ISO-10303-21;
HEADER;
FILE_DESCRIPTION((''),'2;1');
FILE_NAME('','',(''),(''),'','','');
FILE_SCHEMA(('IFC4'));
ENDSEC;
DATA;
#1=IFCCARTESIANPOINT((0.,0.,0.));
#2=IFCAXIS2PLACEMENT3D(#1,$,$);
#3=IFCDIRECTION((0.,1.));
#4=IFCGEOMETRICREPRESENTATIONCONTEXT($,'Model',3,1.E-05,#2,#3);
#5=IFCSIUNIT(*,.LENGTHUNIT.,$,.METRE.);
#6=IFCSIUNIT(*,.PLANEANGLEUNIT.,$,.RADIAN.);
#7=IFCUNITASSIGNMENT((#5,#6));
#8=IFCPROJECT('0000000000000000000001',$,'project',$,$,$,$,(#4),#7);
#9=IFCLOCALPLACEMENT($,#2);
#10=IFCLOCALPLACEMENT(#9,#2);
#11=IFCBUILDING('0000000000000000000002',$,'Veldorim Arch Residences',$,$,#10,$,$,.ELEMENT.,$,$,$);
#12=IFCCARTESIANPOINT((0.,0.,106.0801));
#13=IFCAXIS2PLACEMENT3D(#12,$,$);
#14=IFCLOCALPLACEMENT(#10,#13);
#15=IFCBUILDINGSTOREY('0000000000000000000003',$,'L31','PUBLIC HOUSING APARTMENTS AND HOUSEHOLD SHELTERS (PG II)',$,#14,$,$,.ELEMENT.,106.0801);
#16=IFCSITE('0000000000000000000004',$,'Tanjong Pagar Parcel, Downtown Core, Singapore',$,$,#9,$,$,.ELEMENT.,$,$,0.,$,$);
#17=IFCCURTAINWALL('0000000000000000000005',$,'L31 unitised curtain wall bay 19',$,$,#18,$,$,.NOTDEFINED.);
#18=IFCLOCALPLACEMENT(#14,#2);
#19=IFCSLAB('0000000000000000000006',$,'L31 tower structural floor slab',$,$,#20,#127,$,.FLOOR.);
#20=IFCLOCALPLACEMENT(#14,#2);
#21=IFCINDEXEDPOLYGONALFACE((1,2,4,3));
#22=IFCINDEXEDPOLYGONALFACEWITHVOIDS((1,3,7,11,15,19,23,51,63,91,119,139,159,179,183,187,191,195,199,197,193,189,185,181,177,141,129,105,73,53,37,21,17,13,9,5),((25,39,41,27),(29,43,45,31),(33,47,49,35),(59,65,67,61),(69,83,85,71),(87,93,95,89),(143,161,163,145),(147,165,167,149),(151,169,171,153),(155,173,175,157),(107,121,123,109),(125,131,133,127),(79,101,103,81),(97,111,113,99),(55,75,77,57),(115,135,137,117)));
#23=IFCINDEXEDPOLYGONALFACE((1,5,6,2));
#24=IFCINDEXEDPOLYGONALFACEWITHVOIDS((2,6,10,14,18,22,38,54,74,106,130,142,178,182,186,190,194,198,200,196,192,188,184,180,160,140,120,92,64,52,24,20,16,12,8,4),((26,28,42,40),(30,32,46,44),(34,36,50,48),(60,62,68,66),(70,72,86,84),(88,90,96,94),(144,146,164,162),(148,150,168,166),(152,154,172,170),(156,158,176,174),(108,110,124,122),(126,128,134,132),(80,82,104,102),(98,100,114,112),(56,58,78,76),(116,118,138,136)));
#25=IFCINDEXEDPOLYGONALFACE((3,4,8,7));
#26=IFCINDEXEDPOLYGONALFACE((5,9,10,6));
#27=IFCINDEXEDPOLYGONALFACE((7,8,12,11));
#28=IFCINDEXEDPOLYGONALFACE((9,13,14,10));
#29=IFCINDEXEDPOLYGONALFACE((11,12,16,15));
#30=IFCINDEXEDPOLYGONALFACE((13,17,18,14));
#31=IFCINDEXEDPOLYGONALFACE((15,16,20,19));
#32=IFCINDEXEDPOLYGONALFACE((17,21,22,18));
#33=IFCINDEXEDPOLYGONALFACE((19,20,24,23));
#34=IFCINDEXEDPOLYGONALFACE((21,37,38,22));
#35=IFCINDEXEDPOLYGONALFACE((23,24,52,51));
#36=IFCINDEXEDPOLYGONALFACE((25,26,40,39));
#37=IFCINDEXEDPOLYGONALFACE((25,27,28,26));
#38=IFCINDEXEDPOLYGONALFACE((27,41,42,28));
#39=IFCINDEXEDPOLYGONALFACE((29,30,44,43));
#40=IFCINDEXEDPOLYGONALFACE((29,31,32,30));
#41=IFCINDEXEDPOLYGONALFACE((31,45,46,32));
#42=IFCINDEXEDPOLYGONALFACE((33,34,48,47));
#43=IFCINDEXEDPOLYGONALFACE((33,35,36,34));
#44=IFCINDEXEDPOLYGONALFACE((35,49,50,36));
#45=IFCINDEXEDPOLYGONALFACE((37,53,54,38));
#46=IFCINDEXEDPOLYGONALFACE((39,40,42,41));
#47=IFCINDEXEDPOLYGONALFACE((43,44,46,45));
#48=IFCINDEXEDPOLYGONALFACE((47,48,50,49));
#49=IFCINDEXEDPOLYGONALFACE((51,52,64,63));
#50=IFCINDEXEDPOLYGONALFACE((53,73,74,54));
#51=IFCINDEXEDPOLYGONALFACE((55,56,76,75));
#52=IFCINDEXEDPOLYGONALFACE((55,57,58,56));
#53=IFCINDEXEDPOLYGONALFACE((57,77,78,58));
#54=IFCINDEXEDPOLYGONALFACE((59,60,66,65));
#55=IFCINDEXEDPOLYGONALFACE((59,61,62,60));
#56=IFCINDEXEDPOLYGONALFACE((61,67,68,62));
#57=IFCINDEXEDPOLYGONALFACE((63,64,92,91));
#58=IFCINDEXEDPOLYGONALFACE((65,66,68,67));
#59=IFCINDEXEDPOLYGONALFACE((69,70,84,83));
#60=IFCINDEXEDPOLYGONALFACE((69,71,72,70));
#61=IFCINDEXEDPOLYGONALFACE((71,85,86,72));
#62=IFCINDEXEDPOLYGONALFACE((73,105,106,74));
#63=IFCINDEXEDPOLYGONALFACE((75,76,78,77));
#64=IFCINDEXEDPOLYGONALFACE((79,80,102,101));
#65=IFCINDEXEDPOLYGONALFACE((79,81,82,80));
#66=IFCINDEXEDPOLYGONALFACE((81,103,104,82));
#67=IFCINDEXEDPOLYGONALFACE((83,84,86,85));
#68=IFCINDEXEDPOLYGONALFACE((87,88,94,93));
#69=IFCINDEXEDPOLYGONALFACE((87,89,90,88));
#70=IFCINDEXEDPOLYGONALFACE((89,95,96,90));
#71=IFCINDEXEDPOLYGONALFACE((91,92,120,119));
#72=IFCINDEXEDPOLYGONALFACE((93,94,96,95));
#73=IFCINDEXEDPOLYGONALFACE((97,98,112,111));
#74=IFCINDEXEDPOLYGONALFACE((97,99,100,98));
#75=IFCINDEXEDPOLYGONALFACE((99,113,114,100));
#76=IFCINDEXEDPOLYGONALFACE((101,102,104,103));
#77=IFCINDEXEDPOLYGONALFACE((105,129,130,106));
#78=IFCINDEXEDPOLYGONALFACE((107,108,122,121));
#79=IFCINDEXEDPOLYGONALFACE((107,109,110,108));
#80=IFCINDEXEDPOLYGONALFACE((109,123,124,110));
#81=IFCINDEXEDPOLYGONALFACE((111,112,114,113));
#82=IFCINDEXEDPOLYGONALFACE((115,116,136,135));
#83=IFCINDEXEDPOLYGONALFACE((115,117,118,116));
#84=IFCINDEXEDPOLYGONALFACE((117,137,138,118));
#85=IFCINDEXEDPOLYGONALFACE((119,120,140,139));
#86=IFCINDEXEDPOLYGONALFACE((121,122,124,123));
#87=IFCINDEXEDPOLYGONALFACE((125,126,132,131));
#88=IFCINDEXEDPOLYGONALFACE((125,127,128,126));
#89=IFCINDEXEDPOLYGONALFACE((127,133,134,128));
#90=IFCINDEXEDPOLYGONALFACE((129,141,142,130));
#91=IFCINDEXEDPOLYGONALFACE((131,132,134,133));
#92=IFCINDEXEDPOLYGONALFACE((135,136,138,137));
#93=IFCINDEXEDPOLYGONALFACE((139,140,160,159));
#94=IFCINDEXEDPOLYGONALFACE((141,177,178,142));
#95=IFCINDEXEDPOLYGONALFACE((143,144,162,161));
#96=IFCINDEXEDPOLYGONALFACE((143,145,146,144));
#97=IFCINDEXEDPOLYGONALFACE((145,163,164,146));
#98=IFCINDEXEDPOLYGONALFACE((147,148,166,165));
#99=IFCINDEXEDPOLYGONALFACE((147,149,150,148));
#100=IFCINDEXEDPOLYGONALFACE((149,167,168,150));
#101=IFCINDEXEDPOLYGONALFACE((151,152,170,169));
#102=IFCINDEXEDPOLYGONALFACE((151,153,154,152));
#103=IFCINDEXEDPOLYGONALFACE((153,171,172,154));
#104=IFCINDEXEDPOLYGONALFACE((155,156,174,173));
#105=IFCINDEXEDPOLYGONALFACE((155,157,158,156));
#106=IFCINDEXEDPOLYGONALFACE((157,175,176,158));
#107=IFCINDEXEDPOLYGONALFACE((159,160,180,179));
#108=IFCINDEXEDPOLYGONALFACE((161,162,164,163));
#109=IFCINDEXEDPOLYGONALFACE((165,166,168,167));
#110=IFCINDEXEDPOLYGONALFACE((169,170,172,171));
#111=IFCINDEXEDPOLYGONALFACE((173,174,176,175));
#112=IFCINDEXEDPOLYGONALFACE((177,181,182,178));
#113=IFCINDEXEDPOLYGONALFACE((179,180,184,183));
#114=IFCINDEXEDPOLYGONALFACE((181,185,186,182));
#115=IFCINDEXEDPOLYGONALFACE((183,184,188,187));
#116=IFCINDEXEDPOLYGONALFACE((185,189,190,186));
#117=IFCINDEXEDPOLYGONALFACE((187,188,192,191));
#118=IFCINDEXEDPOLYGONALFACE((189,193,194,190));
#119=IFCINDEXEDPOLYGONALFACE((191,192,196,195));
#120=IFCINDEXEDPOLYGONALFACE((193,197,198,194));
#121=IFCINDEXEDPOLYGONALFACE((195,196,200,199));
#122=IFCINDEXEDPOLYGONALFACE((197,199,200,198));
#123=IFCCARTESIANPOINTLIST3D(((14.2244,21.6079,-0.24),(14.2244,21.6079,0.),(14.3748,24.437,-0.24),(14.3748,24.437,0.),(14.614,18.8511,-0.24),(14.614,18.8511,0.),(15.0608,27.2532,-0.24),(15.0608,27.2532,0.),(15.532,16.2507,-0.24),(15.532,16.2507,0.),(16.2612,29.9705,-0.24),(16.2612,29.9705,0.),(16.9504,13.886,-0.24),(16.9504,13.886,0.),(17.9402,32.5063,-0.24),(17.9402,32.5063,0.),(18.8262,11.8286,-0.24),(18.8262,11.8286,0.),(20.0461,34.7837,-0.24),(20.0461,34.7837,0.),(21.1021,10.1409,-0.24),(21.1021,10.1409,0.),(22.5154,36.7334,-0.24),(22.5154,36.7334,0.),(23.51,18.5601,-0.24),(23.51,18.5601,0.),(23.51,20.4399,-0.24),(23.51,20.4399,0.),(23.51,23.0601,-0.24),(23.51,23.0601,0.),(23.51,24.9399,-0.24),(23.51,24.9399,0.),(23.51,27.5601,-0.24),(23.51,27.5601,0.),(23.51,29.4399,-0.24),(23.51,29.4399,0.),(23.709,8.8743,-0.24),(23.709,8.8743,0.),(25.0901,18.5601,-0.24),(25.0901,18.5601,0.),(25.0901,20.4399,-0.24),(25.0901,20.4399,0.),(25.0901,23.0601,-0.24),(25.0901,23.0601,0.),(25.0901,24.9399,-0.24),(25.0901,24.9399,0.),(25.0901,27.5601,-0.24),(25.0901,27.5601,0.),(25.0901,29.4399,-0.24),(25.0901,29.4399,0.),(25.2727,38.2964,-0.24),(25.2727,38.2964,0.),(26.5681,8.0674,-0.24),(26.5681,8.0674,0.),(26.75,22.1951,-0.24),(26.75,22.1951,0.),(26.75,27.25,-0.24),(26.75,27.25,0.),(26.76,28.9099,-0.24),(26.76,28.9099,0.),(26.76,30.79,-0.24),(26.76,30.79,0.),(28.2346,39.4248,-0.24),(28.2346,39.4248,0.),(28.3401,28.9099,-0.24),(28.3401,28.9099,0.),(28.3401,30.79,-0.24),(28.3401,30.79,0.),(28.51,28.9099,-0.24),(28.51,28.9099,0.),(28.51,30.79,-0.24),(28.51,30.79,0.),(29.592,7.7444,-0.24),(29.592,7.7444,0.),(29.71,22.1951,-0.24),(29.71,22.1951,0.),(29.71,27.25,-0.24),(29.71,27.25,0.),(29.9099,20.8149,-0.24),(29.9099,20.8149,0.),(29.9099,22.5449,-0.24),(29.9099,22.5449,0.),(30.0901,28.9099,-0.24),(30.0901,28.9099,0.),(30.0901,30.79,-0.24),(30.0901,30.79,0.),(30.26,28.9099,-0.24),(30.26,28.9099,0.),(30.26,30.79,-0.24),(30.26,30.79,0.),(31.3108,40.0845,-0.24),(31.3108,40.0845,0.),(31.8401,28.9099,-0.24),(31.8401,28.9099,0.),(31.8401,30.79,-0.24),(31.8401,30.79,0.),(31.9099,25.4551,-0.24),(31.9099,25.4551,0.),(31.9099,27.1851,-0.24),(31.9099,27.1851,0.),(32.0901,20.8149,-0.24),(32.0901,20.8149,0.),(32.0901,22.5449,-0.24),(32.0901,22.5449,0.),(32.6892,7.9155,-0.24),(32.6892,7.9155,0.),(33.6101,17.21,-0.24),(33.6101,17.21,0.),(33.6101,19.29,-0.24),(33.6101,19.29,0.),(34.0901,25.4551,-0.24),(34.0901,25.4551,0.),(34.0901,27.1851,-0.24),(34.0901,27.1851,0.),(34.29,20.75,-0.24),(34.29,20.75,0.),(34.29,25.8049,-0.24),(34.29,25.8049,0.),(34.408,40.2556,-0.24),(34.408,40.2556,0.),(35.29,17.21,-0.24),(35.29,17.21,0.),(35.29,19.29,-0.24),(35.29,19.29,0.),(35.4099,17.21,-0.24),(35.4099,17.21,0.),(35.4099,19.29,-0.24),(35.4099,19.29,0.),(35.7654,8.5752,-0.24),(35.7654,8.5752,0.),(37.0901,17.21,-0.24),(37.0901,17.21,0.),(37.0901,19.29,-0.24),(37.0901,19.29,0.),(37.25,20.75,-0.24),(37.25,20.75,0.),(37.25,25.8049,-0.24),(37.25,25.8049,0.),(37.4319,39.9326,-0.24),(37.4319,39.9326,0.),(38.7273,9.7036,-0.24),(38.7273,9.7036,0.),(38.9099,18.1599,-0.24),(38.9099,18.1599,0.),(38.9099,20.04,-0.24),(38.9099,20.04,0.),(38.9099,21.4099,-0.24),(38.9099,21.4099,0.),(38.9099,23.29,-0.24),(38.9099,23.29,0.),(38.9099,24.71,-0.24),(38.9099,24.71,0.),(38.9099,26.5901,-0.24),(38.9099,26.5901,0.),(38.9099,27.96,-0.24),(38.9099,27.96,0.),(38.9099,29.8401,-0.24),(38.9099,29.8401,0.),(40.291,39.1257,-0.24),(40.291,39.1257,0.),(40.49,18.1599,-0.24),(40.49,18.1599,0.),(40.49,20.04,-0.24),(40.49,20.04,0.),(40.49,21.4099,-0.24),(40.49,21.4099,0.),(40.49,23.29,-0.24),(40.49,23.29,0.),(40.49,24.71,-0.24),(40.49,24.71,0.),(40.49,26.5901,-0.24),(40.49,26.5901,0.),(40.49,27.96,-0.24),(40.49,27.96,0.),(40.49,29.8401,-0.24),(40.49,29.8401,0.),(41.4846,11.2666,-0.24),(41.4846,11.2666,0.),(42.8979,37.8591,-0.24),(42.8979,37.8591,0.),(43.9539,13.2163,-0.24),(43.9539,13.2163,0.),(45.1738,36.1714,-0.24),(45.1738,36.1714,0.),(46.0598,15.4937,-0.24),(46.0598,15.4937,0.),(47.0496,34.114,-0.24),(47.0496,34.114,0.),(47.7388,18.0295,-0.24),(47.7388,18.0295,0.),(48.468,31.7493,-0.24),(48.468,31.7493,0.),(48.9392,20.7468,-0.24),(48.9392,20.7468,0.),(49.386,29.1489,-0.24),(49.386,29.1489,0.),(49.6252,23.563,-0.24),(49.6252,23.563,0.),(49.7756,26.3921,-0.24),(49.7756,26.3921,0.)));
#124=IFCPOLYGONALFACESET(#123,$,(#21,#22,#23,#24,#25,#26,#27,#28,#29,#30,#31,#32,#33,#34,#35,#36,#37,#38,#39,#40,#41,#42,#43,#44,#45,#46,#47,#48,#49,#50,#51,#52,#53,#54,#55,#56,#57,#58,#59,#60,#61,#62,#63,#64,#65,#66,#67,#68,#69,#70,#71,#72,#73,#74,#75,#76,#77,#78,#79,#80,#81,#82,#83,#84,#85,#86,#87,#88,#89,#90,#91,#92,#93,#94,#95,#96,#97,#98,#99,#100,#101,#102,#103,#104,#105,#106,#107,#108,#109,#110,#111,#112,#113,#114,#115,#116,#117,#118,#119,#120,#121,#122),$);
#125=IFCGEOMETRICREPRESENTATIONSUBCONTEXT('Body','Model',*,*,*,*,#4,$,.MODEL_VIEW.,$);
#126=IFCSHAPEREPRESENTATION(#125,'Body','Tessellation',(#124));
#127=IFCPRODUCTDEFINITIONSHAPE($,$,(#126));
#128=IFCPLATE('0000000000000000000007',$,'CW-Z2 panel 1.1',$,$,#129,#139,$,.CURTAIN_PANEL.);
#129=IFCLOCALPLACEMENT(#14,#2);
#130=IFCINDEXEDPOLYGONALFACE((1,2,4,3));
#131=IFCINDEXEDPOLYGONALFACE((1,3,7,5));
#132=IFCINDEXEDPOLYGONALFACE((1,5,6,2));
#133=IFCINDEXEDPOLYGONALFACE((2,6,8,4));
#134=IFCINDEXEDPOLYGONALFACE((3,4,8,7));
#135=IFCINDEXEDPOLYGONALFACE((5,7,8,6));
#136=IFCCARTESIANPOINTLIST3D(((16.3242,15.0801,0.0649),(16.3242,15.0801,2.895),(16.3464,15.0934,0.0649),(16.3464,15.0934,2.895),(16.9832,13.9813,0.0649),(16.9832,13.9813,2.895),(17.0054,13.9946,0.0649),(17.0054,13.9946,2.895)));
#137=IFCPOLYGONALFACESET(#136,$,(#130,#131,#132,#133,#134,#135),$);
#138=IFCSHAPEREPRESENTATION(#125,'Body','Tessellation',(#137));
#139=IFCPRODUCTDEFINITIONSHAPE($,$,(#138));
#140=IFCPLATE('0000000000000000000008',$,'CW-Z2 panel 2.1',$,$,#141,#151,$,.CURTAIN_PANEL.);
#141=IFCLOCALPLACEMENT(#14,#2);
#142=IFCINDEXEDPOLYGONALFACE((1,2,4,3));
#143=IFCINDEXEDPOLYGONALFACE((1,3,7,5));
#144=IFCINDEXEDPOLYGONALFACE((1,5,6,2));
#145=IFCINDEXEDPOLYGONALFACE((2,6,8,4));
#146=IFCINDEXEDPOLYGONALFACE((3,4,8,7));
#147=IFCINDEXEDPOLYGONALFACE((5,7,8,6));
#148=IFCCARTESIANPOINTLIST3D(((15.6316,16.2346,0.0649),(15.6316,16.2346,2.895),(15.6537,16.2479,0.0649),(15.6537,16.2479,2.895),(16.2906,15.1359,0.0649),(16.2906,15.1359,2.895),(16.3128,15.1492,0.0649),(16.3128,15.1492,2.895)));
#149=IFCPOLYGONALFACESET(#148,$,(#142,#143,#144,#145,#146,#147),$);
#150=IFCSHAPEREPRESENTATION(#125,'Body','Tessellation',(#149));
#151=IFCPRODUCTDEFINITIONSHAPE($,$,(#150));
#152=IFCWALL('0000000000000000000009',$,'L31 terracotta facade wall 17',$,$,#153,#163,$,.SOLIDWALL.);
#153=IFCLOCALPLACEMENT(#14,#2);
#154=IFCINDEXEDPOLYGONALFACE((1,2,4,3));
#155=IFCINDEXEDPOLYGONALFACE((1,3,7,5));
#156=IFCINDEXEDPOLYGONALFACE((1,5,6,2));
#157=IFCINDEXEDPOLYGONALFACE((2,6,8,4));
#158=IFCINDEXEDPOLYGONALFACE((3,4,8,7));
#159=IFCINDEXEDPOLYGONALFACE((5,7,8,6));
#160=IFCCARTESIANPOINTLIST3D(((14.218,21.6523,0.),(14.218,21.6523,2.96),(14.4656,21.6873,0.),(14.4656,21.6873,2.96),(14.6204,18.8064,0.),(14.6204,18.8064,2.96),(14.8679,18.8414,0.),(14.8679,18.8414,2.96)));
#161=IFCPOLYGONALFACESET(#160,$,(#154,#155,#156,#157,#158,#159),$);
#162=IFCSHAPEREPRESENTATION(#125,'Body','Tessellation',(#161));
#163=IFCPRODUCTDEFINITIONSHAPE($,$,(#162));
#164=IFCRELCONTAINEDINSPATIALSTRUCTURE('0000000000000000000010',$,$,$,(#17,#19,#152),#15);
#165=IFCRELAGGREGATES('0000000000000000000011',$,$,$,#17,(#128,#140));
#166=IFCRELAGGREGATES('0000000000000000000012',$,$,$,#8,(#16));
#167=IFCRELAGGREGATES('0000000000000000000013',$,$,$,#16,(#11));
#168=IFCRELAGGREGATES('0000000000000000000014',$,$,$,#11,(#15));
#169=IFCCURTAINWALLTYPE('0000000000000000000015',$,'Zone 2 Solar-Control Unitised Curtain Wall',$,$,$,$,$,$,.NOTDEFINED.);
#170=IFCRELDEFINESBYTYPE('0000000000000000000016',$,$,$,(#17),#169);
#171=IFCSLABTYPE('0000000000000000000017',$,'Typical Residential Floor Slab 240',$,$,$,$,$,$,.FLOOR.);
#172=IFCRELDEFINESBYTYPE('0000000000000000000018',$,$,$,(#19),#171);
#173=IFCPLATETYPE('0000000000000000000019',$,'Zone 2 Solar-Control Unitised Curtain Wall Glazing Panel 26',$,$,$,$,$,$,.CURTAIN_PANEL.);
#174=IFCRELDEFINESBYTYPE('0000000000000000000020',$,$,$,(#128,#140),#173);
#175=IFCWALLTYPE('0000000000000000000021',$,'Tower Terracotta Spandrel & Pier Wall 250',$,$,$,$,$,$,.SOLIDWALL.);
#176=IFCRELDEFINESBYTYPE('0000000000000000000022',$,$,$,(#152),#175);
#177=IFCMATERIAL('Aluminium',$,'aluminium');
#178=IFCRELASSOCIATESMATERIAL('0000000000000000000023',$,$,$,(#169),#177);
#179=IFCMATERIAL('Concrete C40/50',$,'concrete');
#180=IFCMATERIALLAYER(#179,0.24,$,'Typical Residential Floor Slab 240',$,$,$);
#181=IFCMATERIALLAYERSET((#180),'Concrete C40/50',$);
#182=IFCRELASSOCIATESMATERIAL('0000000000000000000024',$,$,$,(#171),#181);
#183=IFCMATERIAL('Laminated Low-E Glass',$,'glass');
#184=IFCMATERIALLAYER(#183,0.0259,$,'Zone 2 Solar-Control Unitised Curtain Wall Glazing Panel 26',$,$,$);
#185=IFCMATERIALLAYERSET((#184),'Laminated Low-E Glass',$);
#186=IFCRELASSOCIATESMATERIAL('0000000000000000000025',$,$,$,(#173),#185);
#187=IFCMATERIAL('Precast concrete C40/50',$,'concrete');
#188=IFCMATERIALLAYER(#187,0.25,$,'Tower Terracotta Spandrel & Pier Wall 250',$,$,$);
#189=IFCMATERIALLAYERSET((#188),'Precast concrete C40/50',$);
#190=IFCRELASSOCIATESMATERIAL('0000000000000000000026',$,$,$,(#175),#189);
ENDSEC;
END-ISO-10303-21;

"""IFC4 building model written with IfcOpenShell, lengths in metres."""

from ifc_helpers import new_model, si_unit, direction, frame, frame_2d, origin, origin_2d, place, context, subcontext, project, spatial, polyline, rectangle, outline, extrude, material, layer, layer_set, type_object, element, aggregate, save


model = new_model("IFC4")

# Units and contexts
model_context = context("Model", 3, precision=1e-05, world=origin(), true_north=direction((0.0, 1.0)))
body_context = subcontext(model_context, "Body", "Model", "MODEL_VIEW")
ifc_project = project(units=[si_unit("LENGTHUNIT", "METRE"), si_unit("PLANEANGLEUNIT", "RADIAN")], contexts=[model_context])

# Site, building, storey
site_placement = place(None, origin())
site = spatial("IfcSite", under=ifc_project, at=site_placement, Name="Tanjong Pagar Parcel, Downtown Core, Singapore", CompositionType="ELEMENT", RefElevation=0.0)
building_placement = place(site_placement, origin())
building = spatial("IfcBuilding", under=site, at=building_placement, Name="Veldorim Arch Residences", CompositionType="ELEMENT")
storey_placement = place(building_placement, frame((0.0, 0.0, 106.0801)))
storey = spatial("IfcBuildingStorey", under=building, at=storey_placement, Name="L31", Description="PUBLIC HOUSING APARTMENTS AND HOUSEHOLD SHELTERS (PG II)", CompositionType="ELEMENT", Elevation=106.0801)

# Curtain wall
ifc_material_1 = material(Name="Aluminium", Category="aluminium")
curtain_wall_type = type_object("IfcCurtainWallType", Name="Zone 2 Solar-Control Unitised Curtain Wall", PredefinedType="NOTDEFINED", material=ifc_material_1)
curtain_wall_placement = place(storey_placement, origin())
curtain_wall = element("IfcCurtainWall", 1, at=curtain_wall_placement, inside=storey, type_object=curtain_wall_type, Name="L31 unitised curtain wall bay 19", PredefinedType="NOTDEFINED")

# Slab
ifc_material_2 = material(Name="Concrete C40/50", Category="concrete")
ifc_layer_1 = layer(ifc_material_2, 0.24, Name="Typical Residential Floor Slab 240")
ifc_layer_set_1 = layer_set([ifc_layer_1], Name="Concrete C40/50")
slab_type_1 = type_object("IfcSlabType", Name="Typical Residential Floor Slab 240", PredefinedType="FLOOR", material=ifc_layer_set_1)
slab_1_placement = place(storey_placement, frame((0.0, 0.0, -0.24)))
element("IfcSlab", 2, at=slab_1_placement, inside=storey, type_object=slab_type_1, Name="L31 tower structural floor slab", PredefinedType="FLOOR", context=body_context, shape_type="SweptSolid", body=[
    extrude(outline(polyline([(48.468, 31.7493), (47.0496, 34.114), (45.1738, 36.1714), (42.8979, 37.8591), (40.291, 39.1257), (37.4319, 39.9326), (34.408, 40.2556), (31.3108, 40.0845), (28.2346, 39.4248), (25.2727, 38.2964), (22.5154, 36.7334), (20.0461, 34.7837), (17.9402, 32.5063), (16.2612, 29.9705), (15.0608, 27.2532), (14.3748, 24.437), (14.2244, 21.6079), (14.614, 18.8511), (15.532, 16.2507), (16.9504, 13.886), (18.8262, 11.8286), (21.1021, 10.1409), (23.709, 8.8743), (26.5681, 8.0674), (29.592, 7.7444), (32.6892, 7.9155), (35.7654, 8.5752), (38.7273, 9.7036), (41.4846, 11.2666), (43.9539, 13.2163), (46.0598, 15.4937), (47.7388, 18.0295), (48.9392, 20.7468), (49.6252, 23.563), (49.7756, 26.3921), (49.386, 29.1489), (48.468, 31.7493)]), holes=[polyline([(23.51, 20.4399), (25.0901, 20.4399), (25.0901, 18.5601), (23.51, 18.5601), (23.51, 20.4399)]), polyline([(29.9099, 22.5449), (32.0901, 22.5449), (32.0901, 20.8149), (29.9099, 20.8149), (29.9099, 22.5449)]), polyline([(23.51, 24.9399), (25.0901, 24.9399), (25.0901, 23.0601), (23.51, 23.0601), (23.51, 24.9399)]), polyline([(26.75, 27.25), (29.71, 27.25), (29.71, 22.1951), (26.75, 22.1951), (26.75, 27.25)]), polyline([(23.51, 29.4399), (25.0901, 29.4399), (25.0901, 27.5601), (23.51, 27.5601), (23.51, 29.4399)]), polyline([(26.76, 30.79), (28.3401, 30.79), (28.3401, 28.9099), (26.76, 28.9099), (26.76, 30.79)]), polyline([(28.51, 30.79), (30.0901, 30.79), (30.0901, 28.9099), (28.51, 28.9099), (28.51, 30.79)]), polyline([(30.26, 30.79), (31.8401, 30.79), (31.8401, 28.9099), (30.26, 28.9099), (30.26, 30.79)]), polyline([(33.6101, 19.29), (35.29, 19.29), (35.29, 17.21), (33.6101, 17.21), (33.6101, 19.29)]), polyline([(35.4099, 19.29), (37.0901, 19.29), (37.0901, 17.21), (35.4099, 17.21), (35.4099, 19.29)]), polyline([(38.9099, 20.04), (40.49, 20.04), (40.49, 18.1599), (38.9099, 18.1599), (38.9099, 20.04)]), polyline([(38.9099, 23.29), (40.49, 23.29), (40.49, 21.4099), (38.9099, 21.4099), (38.9099, 23.29)]), polyline([(34.29, 25.8049), (37.25, 25.8049), (37.25, 20.75), (34.29, 20.75), (34.29, 25.8049)]), polyline([(38.9099, 26.5901), (40.49, 26.5901), (40.49, 24.71), (38.9099, 24.71), (38.9099, 26.5901)]), polyline([(31.9099, 27.1851), (34.0901, 27.1851), (34.0901, 25.4551), (31.9099, 25.4551), (31.9099, 27.1851)]), polyline([(38.9099, 29.8401), (40.49, 29.8401), (40.49, 27.96), (38.9099, 27.96), (38.9099, 29.8401)])]), origin(), (0.0, 0.0, 1.0), 0.24),
])

# Plates
ifc_material_3 = material(Name="Laminated Low-E Glass", Category="glass")
ifc_layer_2 = layer(ifc_material_3, 0.0259, Name="Zone 2 Solar-Control Unitised Curtain Wall Glazing Panel 26")
ifc_layer_set_2 = layer_set([ifc_layer_2], Name="Laminated Low-E Glass")
plate_type = type_object("IfcPlateType", Name="Zone 2 Solar-Control Unitised Curtain Wall Glazing Panel 26", PredefinedType="CURTAIN_PANEL", material=ifc_layer_set_2)
plate_1_placement = place(storey_placement, frame((16.6648, 14.5374, 0.0649), z_axis=(0.0, 0.0, 1.0), x_axis=(-0.514368, 0.85757, 0.0)))
plate_1 = element("IfcPlate", 3, at=plate_1_placement, type_object=plate_type, Name="CW-Z2 panel 1.1", PredefinedType="CURTAIN_PANEL", context=body_context, shape_type="SweptSolid", body=[
    extrude(rectangle(XDim=1.2812, YDim=0.0259, at=origin_2d()), origin(), (0.0, 0.0, 1.0), 2.8301),
])
plate_2_placement = place(storey_placement, frame((15.9722, 15.6919, 0.0649), z_axis=(0.0, 0.0, 1.0), x_axis=(-0.514368, 0.85757, 0.0)))
plate_2 = element("IfcPlate", 4, at=plate_2_placement, type_object=plate_type, Name="CW-Z2 panel 2.1", PredefinedType="CURTAIN_PANEL", context=body_context, shape_type="SweptSolid", body=[
    extrude(rectangle(XDim=1.2812, YDim=0.0259, at=origin_2d()), origin(), (0.0, 0.0, 1.0), 2.8301),
])
aggregate(curtain_wall, [plate_1, plate_2])

# Wall
ifc_material_4 = material(Name="Precast concrete C40/50", Category="concrete")
ifc_layer_3 = layer(ifc_material_4, 0.25, Name="Tower Terracotta Spandrel & Pier Wall 250")
ifc_layer_set_3 = layer_set([ifc_layer_3], Name="Precast concrete C40/50")
wall_type = type_object("IfcWallType", Name="Tower Terracotta Spandrel & Pier Wall 250", PredefinedType="SOLIDWALL", material=ifc_layer_set_3)
wall_1_placement = place(storey_placement, frame((14.7441, 18.824, 0.0), z_axis=(0.0, 0.0, 1.0), x_axis=(-0.139982, 0.990154, 0.0)))
element("IfcWall", 5, at=wall_1_placement, inside=storey, type_object=wall_type, Name="L31 terracotta facade wall 17", PredefinedType="SOLIDWALL", context=body_context, shape_type="SweptSolid", body=[
    extrude(rectangle(XDim=2.8743, YDim=0.25, at=frame_2d((1.437, 0.0))), origin(), (0.0, 0.0, 1.0), 2.96),
])

save(model, "model.ifc")
